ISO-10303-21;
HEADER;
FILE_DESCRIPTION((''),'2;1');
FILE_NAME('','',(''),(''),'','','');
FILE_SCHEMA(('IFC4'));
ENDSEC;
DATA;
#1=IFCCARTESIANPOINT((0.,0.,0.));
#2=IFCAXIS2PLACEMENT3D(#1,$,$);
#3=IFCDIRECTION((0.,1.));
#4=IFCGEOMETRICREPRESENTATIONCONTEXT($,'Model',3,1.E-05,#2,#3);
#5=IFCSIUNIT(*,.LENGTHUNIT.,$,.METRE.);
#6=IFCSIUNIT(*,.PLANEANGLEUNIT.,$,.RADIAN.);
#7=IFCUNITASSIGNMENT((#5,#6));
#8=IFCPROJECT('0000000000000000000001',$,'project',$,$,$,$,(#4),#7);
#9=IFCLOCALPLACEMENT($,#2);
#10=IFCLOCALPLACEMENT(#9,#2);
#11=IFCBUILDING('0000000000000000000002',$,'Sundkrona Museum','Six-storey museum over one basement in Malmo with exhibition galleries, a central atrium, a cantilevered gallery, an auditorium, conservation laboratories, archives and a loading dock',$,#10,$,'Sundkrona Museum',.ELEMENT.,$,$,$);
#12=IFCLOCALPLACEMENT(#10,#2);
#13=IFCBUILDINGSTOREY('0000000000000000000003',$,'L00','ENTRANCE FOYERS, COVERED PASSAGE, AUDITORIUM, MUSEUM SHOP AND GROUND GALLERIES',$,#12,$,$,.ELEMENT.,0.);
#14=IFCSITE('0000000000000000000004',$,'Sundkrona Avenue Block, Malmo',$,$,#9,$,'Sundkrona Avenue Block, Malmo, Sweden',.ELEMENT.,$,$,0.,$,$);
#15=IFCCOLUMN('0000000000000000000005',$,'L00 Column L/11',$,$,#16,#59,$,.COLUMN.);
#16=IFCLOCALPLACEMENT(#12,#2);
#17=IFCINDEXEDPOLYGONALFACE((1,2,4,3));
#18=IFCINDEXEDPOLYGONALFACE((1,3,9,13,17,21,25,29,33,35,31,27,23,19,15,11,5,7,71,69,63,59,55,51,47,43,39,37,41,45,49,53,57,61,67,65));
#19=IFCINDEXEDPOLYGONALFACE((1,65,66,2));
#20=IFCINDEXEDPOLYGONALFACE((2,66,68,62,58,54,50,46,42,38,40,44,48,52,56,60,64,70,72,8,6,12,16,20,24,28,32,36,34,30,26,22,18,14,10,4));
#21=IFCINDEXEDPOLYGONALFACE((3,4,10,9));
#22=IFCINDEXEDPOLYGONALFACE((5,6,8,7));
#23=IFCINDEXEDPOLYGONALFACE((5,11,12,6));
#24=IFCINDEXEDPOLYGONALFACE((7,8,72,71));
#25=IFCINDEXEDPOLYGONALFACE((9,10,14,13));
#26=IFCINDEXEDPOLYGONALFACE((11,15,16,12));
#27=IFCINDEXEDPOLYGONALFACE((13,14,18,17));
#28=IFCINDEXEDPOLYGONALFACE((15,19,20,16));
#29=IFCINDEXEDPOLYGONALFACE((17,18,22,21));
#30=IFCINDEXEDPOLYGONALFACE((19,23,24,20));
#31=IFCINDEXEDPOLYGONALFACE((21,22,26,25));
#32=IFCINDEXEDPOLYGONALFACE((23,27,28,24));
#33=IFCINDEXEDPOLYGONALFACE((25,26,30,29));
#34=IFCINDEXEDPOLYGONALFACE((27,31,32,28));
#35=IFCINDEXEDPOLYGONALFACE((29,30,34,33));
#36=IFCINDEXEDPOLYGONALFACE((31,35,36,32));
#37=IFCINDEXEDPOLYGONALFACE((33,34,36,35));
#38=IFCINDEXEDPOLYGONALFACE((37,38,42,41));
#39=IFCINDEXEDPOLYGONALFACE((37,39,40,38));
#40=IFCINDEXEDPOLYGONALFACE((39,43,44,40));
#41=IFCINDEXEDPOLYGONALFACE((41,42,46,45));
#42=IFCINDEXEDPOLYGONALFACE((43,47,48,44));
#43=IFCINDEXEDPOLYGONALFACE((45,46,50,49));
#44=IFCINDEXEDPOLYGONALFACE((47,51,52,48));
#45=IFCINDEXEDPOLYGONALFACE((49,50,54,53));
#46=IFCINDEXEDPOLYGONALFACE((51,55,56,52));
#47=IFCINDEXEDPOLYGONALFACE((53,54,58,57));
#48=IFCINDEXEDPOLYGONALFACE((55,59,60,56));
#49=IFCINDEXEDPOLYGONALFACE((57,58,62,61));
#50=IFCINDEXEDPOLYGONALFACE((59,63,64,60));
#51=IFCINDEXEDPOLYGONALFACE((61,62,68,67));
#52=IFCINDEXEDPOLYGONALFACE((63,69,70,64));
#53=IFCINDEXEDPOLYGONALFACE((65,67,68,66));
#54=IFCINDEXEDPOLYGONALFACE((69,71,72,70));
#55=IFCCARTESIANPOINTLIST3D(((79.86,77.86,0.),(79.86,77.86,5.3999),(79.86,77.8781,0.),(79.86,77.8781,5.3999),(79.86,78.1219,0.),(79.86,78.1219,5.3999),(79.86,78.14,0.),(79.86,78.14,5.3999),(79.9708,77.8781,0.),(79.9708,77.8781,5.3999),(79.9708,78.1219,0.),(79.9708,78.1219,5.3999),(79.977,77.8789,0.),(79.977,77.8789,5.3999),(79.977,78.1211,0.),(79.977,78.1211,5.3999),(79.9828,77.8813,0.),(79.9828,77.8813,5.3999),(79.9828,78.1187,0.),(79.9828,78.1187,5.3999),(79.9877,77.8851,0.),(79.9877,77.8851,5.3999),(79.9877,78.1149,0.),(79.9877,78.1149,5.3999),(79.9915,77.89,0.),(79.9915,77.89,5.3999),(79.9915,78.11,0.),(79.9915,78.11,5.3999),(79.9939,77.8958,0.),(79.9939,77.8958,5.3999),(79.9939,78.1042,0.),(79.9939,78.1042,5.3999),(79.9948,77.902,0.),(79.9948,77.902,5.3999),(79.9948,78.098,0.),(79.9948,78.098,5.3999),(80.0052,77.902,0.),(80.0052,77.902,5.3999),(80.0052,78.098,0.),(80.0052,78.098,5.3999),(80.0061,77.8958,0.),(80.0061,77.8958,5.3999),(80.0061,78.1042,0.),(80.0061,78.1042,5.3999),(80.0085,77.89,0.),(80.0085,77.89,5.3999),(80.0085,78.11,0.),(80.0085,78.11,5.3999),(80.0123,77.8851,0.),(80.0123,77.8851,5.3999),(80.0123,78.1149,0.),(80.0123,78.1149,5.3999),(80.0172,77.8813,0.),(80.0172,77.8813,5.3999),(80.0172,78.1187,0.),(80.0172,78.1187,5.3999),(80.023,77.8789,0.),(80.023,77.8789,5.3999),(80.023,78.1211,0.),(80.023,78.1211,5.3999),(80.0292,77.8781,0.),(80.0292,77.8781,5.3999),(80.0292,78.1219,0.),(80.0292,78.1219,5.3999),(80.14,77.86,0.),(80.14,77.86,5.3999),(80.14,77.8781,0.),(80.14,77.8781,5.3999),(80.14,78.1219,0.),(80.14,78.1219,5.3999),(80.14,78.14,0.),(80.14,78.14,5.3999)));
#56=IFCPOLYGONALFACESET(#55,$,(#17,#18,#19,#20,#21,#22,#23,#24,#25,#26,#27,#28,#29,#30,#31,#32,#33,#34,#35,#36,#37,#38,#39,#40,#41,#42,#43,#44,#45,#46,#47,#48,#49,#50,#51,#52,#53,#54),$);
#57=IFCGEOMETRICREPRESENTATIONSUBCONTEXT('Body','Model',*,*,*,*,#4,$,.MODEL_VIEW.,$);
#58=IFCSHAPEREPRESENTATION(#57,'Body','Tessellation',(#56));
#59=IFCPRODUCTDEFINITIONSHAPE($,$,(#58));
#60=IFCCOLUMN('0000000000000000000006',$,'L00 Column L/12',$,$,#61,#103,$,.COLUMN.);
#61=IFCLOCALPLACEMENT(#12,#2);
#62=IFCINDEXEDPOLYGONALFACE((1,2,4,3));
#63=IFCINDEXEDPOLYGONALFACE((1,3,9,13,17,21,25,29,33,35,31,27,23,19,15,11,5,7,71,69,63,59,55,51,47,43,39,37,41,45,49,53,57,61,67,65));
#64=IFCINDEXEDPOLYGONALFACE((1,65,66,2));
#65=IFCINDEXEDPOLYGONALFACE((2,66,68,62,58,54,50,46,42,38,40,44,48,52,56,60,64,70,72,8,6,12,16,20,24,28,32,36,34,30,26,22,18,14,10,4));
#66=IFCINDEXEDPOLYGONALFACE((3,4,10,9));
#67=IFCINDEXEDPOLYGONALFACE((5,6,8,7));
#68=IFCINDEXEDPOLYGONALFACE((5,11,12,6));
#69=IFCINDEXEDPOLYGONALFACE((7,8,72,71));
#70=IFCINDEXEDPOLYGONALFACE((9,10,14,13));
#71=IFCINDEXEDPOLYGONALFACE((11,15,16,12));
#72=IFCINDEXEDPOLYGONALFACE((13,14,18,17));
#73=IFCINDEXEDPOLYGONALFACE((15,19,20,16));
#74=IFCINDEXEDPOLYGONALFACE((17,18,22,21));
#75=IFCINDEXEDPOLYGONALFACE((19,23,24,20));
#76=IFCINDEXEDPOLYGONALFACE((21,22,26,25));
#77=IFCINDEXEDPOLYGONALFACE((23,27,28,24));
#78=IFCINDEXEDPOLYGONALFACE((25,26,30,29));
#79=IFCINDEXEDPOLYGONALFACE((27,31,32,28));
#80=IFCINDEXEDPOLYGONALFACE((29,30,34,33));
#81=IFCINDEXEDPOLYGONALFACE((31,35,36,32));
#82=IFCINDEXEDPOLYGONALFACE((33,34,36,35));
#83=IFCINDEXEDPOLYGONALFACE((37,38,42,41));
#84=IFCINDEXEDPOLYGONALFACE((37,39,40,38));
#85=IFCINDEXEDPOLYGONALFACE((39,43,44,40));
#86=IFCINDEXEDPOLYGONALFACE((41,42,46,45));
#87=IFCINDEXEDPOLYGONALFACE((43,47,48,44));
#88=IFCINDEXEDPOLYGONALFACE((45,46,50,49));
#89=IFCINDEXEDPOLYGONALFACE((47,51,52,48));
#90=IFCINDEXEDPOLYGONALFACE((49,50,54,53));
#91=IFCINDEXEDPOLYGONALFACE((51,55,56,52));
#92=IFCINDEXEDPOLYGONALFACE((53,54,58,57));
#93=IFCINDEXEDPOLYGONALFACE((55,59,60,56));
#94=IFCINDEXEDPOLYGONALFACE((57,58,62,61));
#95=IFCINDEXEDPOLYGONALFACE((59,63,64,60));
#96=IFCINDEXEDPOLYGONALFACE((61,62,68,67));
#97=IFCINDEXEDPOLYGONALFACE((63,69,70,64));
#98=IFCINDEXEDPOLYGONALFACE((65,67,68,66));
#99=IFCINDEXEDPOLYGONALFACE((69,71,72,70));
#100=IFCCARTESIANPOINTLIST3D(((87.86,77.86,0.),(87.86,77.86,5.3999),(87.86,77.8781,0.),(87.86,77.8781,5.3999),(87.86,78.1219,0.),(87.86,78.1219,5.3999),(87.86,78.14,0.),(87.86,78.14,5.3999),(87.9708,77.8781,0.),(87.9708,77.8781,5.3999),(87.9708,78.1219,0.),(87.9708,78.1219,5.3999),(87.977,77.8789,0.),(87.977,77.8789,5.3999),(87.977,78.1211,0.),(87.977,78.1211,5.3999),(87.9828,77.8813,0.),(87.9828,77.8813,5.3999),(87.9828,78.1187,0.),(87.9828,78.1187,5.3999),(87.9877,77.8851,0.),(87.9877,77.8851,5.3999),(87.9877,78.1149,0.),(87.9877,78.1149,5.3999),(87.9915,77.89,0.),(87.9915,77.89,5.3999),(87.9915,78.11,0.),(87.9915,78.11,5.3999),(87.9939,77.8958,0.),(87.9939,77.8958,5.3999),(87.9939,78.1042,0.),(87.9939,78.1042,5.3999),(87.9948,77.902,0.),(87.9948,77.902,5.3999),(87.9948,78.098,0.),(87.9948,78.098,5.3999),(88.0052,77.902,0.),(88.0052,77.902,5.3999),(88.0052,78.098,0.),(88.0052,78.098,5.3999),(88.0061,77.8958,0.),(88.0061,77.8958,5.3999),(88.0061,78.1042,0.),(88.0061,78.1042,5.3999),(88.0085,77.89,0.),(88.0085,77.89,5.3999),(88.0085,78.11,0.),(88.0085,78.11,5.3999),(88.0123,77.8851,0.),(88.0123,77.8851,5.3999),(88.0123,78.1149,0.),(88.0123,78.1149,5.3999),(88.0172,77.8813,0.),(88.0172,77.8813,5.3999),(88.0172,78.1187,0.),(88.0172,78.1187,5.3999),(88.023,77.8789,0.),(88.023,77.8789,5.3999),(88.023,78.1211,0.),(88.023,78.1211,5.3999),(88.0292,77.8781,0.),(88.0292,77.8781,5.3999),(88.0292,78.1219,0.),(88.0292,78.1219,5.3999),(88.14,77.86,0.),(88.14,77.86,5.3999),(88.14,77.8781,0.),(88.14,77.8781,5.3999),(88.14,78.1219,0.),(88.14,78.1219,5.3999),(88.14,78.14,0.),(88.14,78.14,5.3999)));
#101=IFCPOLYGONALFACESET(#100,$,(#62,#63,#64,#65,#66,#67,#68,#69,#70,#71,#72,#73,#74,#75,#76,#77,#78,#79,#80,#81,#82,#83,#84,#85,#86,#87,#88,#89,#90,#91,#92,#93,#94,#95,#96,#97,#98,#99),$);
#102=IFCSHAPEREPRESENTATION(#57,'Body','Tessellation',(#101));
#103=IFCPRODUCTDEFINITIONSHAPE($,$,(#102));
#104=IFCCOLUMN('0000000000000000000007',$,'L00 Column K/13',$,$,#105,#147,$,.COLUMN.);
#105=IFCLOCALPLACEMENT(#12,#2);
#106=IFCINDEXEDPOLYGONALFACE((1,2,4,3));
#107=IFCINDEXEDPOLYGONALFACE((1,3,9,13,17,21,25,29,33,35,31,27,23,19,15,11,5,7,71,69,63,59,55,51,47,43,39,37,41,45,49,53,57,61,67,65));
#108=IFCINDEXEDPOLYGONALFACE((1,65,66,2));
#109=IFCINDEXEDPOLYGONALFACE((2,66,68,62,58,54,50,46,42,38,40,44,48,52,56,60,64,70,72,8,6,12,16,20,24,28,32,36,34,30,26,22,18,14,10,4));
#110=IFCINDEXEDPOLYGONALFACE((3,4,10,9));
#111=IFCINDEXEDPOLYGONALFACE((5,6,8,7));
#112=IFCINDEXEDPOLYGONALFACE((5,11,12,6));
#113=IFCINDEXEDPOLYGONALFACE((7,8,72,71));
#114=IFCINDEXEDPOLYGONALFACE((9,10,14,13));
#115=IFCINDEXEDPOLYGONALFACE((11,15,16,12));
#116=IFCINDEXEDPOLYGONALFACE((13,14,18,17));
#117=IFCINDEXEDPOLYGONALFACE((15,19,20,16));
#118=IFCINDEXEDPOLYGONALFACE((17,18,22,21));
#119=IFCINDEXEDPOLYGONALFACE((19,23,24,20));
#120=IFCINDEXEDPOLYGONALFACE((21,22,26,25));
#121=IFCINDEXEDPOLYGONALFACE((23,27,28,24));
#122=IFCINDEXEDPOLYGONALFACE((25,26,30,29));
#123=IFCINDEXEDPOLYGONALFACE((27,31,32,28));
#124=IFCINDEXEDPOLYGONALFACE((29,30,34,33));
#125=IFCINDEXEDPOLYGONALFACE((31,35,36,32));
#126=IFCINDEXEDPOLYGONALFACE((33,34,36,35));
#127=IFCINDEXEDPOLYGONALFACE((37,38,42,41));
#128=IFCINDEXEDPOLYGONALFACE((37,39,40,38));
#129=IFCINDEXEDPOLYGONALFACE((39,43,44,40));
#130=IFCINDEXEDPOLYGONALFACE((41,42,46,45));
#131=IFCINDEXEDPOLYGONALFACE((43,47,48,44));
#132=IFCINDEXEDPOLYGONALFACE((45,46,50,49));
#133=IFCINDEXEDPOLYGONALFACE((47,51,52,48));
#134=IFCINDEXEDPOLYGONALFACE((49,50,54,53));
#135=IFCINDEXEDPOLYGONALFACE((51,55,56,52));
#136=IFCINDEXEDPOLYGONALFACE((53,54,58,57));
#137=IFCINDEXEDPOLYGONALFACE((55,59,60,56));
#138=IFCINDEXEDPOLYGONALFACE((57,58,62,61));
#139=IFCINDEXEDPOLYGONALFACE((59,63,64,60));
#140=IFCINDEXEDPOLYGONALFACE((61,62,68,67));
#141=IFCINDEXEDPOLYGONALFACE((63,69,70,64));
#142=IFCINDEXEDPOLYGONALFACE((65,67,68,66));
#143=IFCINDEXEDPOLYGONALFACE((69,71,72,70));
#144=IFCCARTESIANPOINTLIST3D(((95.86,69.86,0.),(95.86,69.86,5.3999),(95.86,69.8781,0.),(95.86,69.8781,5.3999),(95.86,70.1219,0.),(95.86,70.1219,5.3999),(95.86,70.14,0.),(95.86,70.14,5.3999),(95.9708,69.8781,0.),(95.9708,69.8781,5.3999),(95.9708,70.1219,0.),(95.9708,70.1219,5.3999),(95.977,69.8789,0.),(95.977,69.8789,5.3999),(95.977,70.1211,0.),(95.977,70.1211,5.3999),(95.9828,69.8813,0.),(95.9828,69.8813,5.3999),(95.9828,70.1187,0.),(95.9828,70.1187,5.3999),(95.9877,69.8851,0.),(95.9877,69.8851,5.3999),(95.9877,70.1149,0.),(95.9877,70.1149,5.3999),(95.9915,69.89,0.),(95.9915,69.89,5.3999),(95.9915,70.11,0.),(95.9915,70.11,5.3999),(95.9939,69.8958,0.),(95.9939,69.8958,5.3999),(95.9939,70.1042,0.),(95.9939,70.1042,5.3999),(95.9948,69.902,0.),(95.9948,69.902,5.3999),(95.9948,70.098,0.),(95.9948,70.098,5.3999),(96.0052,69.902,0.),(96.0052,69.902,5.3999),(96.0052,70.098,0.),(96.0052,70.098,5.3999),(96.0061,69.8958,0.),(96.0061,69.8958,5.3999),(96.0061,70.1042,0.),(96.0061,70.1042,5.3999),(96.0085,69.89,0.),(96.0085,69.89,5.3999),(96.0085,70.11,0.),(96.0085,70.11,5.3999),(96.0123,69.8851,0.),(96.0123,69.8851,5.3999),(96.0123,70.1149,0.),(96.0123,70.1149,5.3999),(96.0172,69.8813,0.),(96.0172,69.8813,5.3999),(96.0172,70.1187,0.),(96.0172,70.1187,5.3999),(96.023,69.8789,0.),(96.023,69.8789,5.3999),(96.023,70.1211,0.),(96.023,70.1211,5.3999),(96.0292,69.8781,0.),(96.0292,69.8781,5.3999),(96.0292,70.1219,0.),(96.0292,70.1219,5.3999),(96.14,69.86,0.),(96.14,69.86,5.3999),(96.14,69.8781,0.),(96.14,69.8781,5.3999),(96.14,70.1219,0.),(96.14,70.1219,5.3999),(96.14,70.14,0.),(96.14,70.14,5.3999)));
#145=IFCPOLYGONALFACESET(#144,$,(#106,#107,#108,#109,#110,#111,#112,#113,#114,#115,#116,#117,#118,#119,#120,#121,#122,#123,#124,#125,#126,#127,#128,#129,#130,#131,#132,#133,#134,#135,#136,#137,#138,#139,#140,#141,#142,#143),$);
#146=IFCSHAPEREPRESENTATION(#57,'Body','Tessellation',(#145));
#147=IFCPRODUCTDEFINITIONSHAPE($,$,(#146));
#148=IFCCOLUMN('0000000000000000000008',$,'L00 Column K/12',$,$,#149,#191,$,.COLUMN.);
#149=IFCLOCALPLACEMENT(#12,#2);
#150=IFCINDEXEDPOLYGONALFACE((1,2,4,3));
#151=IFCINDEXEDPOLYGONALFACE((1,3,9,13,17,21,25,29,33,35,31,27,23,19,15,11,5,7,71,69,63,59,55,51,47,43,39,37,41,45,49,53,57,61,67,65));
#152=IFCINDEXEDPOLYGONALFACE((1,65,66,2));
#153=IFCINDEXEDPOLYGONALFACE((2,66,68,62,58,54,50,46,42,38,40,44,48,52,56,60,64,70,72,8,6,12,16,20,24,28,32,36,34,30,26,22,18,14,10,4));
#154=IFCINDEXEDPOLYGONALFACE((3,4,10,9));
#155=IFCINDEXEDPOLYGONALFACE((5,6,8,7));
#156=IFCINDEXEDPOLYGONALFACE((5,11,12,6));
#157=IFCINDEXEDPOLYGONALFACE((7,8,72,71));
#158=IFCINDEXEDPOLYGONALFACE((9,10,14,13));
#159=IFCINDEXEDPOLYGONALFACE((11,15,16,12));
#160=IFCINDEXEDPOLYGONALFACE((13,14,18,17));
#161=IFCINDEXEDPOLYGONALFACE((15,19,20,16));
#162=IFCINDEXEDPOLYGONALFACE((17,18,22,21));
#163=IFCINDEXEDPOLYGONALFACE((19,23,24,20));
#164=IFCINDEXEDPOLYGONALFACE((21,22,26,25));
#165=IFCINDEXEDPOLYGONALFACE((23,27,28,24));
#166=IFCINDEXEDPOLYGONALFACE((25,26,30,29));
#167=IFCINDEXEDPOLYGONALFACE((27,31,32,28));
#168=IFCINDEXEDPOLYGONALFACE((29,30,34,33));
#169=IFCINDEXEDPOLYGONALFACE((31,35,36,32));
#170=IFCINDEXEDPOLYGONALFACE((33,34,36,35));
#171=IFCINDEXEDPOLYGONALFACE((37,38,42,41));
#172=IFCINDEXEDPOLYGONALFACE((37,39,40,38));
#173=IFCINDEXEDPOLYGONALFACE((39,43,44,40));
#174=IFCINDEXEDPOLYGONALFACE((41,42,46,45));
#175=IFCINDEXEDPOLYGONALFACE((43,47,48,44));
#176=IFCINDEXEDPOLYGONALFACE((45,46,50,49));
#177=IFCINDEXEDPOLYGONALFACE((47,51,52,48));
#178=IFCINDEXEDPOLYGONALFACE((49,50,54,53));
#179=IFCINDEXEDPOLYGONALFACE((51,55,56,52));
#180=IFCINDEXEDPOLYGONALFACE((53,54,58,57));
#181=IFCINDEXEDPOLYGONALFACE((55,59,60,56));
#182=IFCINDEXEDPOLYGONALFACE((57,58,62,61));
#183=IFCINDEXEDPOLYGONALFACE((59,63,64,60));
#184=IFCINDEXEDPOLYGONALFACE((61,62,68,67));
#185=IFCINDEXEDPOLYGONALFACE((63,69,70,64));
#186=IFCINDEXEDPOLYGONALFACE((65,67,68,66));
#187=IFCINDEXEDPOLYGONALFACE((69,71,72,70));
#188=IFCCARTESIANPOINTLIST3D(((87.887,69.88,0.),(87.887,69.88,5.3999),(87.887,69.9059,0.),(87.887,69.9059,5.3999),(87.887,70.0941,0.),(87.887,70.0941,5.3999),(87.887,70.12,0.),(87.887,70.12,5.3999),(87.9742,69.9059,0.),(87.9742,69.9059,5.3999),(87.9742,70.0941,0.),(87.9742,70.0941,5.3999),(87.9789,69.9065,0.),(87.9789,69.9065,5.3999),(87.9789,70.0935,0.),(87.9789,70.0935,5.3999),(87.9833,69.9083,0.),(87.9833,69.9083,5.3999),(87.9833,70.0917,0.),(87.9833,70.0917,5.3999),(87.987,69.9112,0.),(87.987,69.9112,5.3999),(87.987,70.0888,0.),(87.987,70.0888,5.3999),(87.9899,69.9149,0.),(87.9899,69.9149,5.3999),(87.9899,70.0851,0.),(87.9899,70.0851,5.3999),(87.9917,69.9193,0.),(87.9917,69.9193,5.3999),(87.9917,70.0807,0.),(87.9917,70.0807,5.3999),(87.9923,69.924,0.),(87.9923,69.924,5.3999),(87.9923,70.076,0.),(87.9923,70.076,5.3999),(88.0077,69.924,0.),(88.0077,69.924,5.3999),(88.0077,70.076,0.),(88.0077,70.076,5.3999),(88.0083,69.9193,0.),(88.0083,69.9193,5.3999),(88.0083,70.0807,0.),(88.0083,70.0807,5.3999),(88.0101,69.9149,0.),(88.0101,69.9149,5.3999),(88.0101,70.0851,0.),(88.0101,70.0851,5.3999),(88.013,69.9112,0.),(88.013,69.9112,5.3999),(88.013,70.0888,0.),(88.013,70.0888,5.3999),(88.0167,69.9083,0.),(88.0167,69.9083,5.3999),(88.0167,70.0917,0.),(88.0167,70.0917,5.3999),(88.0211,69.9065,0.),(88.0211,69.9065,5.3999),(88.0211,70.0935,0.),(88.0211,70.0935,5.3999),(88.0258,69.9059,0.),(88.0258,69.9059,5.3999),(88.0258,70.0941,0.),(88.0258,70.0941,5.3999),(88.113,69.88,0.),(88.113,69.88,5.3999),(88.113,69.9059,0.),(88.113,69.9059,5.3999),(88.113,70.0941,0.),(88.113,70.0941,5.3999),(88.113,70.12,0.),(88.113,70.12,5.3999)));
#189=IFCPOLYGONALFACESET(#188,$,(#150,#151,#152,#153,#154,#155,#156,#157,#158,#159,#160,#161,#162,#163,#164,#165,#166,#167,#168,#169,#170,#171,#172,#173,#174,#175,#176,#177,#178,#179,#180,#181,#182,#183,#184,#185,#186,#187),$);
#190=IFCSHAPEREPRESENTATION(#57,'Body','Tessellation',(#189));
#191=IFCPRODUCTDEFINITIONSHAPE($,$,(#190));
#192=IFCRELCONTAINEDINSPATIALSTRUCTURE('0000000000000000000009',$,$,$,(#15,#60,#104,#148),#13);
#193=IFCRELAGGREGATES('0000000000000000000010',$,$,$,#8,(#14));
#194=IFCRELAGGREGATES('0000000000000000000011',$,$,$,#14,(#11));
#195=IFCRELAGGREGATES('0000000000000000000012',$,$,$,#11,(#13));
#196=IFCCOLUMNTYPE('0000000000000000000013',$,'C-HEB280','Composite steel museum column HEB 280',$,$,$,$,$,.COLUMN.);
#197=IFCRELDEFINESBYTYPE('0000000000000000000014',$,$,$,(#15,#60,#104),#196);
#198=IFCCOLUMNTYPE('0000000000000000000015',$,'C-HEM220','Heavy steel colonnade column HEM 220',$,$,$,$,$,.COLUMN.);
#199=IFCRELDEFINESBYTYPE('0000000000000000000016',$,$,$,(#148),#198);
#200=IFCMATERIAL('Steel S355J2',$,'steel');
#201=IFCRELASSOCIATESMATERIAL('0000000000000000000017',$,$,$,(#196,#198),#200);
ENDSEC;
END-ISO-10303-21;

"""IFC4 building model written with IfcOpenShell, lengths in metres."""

from ifc_helpers import new_model, si_unit, direction, frame, origin, origin_2d, place, context, subcontext, project, spatial, i_section, extrude, material, material_profile, profile_set, type_object, element, save


model = new_model("IFC4")

# Units and contexts
model_context = context("Model", 3, precision=1e-05, world=origin(), true_north=direction((0.0, 1.0)))
body_context = subcontext(model_context, "Body", "Model", "MODEL_VIEW")
ifc_project = project(units=[si_unit("LENGTHUNIT", "METRE"), si_unit("PLANEANGLEUNIT", "RADIAN")], contexts=[model_context])

# Site, building, storey
site_placement = place(None, origin())
site = spatial("IfcSite", under=ifc_project, at=site_placement, Name="Sundkrona Avenue Block, Malmo", LongName="Sundkrona Avenue Block, Malmo, Sweden", CompositionType="ELEMENT", RefElevation=0.0)
building_placement = place(site_placement, origin())
building = spatial("IfcBuilding", under=site, at=building_placement, Name="Sundkrona Museum", Description="Six-storey museum over one basement in Malmo with exhibition galleries, a central atrium, a cantilevered gallery, an auditorium, conservation laboratories, archives and a loading dock", LongName="Sundkrona Museum", CompositionType="ELEMENT")
storey_placement = place(building_placement, origin())
storey = spatial("IfcBuildingStorey", under=building, at=storey_placement, Name="L00", Description="ENTRANCE FOYERS, COVERED PASSAGE, AUDITORIUM, MUSEUM SHOP AND GROUND GALLERIES", CompositionType="ELEMENT", Elevation=0.0)

# Columns
ifc_material_1 = material(Name="Steel S355J2", Category="steel")
ifc_material_profile_1 = material_profile(ifc_material_1, i_section(OverallWidth=0.28, OverallDepth=0.28, WebThickness=0.0105, FlangeThickness=0.0181, FilletRadius=0.0239, at=origin_2d()), Name="HEB 280")
ifc_profile_set_1 = profile_set([ifc_material_profile_1], Name="Steel S355J2")
column_type_1 = type_object("IfcColumnType", Name="C-HEB280", Description="Composite steel museum column HEB 280", PredefinedType="COLUMN", material=ifc_profile_set_1)
for number, where, z_axis, x_axis, name in (
    (1, (80.0, 78.0, 0.0), (0.0, 0.0, 1.0), (1.0, 0.0, 0.0), "L00 Column L/11"),
    (2, (88.0, 78.0, 0.0), (0.0, 0.0, 1.0), (1.0, 0.0, 0.0), "L00 Column L/12"),
    (3, (96.0, 70.0, 0.0), (0.0, 0.0, 1.0), (1.0, 0.0, 0.0), "L00 Column K/13"),
):
    element("IfcColumn", number, at=place(storey_placement, frame(where, z_axis=z_axis, x_axis=x_axis)), inside=storey, type_object=column_type_1, Name=name, PredefinedType="COLUMN", context=body_context, shape_type="SweptSolid", body=[
        extrude(i_section(OverallWidth=0.28, OverallDepth=0.28, WebThickness=0.0105, FlangeThickness=0.0181, FilletRadius=0.0239, at=origin_2d()), origin(), (0.0, 0.0, 1.0), 5.3999),
    ])
ifc_material_profile_2 = material_profile(ifc_material_1, i_section(OverallWidth=0.2261, OverallDepth=0.24, WebThickness=0.0154, FlangeThickness=0.0259, FilletRadius=0.0181, at=origin_2d()), Name="HEM 220")
ifc_profile_set_2 = profile_set([ifc_material_profile_2], Name="Steel S355J2")
column_type_2 = type_object("IfcColumnType", Name="C-HEM220", Description="Heavy steel colonnade column HEM 220", PredefinedType="COLUMN", material=ifc_profile_set_2)
column_placement = place(storey_placement, frame((88.0, 70.0, 0.0), z_axis=(0.0, 0.0, 1.0), x_axis=(1.0, 0.0, 0.0)))
element("IfcColumn", 4, at=column_placement, inside=storey, type_object=column_type_2, Name="L00 Column K/12", PredefinedType="COLUMN", context=body_context, shape_type="SweptSolid", body=[
    extrude(i_section(OverallWidth=0.2261, OverallDepth=0.24, WebThickness=0.0154, FlangeThickness=0.0259, FilletRadius=0.0181, at=origin_2d()), origin(), (0.0, 0.0, 1.0), 5.3999),
])

save(model, "model.ifc")
